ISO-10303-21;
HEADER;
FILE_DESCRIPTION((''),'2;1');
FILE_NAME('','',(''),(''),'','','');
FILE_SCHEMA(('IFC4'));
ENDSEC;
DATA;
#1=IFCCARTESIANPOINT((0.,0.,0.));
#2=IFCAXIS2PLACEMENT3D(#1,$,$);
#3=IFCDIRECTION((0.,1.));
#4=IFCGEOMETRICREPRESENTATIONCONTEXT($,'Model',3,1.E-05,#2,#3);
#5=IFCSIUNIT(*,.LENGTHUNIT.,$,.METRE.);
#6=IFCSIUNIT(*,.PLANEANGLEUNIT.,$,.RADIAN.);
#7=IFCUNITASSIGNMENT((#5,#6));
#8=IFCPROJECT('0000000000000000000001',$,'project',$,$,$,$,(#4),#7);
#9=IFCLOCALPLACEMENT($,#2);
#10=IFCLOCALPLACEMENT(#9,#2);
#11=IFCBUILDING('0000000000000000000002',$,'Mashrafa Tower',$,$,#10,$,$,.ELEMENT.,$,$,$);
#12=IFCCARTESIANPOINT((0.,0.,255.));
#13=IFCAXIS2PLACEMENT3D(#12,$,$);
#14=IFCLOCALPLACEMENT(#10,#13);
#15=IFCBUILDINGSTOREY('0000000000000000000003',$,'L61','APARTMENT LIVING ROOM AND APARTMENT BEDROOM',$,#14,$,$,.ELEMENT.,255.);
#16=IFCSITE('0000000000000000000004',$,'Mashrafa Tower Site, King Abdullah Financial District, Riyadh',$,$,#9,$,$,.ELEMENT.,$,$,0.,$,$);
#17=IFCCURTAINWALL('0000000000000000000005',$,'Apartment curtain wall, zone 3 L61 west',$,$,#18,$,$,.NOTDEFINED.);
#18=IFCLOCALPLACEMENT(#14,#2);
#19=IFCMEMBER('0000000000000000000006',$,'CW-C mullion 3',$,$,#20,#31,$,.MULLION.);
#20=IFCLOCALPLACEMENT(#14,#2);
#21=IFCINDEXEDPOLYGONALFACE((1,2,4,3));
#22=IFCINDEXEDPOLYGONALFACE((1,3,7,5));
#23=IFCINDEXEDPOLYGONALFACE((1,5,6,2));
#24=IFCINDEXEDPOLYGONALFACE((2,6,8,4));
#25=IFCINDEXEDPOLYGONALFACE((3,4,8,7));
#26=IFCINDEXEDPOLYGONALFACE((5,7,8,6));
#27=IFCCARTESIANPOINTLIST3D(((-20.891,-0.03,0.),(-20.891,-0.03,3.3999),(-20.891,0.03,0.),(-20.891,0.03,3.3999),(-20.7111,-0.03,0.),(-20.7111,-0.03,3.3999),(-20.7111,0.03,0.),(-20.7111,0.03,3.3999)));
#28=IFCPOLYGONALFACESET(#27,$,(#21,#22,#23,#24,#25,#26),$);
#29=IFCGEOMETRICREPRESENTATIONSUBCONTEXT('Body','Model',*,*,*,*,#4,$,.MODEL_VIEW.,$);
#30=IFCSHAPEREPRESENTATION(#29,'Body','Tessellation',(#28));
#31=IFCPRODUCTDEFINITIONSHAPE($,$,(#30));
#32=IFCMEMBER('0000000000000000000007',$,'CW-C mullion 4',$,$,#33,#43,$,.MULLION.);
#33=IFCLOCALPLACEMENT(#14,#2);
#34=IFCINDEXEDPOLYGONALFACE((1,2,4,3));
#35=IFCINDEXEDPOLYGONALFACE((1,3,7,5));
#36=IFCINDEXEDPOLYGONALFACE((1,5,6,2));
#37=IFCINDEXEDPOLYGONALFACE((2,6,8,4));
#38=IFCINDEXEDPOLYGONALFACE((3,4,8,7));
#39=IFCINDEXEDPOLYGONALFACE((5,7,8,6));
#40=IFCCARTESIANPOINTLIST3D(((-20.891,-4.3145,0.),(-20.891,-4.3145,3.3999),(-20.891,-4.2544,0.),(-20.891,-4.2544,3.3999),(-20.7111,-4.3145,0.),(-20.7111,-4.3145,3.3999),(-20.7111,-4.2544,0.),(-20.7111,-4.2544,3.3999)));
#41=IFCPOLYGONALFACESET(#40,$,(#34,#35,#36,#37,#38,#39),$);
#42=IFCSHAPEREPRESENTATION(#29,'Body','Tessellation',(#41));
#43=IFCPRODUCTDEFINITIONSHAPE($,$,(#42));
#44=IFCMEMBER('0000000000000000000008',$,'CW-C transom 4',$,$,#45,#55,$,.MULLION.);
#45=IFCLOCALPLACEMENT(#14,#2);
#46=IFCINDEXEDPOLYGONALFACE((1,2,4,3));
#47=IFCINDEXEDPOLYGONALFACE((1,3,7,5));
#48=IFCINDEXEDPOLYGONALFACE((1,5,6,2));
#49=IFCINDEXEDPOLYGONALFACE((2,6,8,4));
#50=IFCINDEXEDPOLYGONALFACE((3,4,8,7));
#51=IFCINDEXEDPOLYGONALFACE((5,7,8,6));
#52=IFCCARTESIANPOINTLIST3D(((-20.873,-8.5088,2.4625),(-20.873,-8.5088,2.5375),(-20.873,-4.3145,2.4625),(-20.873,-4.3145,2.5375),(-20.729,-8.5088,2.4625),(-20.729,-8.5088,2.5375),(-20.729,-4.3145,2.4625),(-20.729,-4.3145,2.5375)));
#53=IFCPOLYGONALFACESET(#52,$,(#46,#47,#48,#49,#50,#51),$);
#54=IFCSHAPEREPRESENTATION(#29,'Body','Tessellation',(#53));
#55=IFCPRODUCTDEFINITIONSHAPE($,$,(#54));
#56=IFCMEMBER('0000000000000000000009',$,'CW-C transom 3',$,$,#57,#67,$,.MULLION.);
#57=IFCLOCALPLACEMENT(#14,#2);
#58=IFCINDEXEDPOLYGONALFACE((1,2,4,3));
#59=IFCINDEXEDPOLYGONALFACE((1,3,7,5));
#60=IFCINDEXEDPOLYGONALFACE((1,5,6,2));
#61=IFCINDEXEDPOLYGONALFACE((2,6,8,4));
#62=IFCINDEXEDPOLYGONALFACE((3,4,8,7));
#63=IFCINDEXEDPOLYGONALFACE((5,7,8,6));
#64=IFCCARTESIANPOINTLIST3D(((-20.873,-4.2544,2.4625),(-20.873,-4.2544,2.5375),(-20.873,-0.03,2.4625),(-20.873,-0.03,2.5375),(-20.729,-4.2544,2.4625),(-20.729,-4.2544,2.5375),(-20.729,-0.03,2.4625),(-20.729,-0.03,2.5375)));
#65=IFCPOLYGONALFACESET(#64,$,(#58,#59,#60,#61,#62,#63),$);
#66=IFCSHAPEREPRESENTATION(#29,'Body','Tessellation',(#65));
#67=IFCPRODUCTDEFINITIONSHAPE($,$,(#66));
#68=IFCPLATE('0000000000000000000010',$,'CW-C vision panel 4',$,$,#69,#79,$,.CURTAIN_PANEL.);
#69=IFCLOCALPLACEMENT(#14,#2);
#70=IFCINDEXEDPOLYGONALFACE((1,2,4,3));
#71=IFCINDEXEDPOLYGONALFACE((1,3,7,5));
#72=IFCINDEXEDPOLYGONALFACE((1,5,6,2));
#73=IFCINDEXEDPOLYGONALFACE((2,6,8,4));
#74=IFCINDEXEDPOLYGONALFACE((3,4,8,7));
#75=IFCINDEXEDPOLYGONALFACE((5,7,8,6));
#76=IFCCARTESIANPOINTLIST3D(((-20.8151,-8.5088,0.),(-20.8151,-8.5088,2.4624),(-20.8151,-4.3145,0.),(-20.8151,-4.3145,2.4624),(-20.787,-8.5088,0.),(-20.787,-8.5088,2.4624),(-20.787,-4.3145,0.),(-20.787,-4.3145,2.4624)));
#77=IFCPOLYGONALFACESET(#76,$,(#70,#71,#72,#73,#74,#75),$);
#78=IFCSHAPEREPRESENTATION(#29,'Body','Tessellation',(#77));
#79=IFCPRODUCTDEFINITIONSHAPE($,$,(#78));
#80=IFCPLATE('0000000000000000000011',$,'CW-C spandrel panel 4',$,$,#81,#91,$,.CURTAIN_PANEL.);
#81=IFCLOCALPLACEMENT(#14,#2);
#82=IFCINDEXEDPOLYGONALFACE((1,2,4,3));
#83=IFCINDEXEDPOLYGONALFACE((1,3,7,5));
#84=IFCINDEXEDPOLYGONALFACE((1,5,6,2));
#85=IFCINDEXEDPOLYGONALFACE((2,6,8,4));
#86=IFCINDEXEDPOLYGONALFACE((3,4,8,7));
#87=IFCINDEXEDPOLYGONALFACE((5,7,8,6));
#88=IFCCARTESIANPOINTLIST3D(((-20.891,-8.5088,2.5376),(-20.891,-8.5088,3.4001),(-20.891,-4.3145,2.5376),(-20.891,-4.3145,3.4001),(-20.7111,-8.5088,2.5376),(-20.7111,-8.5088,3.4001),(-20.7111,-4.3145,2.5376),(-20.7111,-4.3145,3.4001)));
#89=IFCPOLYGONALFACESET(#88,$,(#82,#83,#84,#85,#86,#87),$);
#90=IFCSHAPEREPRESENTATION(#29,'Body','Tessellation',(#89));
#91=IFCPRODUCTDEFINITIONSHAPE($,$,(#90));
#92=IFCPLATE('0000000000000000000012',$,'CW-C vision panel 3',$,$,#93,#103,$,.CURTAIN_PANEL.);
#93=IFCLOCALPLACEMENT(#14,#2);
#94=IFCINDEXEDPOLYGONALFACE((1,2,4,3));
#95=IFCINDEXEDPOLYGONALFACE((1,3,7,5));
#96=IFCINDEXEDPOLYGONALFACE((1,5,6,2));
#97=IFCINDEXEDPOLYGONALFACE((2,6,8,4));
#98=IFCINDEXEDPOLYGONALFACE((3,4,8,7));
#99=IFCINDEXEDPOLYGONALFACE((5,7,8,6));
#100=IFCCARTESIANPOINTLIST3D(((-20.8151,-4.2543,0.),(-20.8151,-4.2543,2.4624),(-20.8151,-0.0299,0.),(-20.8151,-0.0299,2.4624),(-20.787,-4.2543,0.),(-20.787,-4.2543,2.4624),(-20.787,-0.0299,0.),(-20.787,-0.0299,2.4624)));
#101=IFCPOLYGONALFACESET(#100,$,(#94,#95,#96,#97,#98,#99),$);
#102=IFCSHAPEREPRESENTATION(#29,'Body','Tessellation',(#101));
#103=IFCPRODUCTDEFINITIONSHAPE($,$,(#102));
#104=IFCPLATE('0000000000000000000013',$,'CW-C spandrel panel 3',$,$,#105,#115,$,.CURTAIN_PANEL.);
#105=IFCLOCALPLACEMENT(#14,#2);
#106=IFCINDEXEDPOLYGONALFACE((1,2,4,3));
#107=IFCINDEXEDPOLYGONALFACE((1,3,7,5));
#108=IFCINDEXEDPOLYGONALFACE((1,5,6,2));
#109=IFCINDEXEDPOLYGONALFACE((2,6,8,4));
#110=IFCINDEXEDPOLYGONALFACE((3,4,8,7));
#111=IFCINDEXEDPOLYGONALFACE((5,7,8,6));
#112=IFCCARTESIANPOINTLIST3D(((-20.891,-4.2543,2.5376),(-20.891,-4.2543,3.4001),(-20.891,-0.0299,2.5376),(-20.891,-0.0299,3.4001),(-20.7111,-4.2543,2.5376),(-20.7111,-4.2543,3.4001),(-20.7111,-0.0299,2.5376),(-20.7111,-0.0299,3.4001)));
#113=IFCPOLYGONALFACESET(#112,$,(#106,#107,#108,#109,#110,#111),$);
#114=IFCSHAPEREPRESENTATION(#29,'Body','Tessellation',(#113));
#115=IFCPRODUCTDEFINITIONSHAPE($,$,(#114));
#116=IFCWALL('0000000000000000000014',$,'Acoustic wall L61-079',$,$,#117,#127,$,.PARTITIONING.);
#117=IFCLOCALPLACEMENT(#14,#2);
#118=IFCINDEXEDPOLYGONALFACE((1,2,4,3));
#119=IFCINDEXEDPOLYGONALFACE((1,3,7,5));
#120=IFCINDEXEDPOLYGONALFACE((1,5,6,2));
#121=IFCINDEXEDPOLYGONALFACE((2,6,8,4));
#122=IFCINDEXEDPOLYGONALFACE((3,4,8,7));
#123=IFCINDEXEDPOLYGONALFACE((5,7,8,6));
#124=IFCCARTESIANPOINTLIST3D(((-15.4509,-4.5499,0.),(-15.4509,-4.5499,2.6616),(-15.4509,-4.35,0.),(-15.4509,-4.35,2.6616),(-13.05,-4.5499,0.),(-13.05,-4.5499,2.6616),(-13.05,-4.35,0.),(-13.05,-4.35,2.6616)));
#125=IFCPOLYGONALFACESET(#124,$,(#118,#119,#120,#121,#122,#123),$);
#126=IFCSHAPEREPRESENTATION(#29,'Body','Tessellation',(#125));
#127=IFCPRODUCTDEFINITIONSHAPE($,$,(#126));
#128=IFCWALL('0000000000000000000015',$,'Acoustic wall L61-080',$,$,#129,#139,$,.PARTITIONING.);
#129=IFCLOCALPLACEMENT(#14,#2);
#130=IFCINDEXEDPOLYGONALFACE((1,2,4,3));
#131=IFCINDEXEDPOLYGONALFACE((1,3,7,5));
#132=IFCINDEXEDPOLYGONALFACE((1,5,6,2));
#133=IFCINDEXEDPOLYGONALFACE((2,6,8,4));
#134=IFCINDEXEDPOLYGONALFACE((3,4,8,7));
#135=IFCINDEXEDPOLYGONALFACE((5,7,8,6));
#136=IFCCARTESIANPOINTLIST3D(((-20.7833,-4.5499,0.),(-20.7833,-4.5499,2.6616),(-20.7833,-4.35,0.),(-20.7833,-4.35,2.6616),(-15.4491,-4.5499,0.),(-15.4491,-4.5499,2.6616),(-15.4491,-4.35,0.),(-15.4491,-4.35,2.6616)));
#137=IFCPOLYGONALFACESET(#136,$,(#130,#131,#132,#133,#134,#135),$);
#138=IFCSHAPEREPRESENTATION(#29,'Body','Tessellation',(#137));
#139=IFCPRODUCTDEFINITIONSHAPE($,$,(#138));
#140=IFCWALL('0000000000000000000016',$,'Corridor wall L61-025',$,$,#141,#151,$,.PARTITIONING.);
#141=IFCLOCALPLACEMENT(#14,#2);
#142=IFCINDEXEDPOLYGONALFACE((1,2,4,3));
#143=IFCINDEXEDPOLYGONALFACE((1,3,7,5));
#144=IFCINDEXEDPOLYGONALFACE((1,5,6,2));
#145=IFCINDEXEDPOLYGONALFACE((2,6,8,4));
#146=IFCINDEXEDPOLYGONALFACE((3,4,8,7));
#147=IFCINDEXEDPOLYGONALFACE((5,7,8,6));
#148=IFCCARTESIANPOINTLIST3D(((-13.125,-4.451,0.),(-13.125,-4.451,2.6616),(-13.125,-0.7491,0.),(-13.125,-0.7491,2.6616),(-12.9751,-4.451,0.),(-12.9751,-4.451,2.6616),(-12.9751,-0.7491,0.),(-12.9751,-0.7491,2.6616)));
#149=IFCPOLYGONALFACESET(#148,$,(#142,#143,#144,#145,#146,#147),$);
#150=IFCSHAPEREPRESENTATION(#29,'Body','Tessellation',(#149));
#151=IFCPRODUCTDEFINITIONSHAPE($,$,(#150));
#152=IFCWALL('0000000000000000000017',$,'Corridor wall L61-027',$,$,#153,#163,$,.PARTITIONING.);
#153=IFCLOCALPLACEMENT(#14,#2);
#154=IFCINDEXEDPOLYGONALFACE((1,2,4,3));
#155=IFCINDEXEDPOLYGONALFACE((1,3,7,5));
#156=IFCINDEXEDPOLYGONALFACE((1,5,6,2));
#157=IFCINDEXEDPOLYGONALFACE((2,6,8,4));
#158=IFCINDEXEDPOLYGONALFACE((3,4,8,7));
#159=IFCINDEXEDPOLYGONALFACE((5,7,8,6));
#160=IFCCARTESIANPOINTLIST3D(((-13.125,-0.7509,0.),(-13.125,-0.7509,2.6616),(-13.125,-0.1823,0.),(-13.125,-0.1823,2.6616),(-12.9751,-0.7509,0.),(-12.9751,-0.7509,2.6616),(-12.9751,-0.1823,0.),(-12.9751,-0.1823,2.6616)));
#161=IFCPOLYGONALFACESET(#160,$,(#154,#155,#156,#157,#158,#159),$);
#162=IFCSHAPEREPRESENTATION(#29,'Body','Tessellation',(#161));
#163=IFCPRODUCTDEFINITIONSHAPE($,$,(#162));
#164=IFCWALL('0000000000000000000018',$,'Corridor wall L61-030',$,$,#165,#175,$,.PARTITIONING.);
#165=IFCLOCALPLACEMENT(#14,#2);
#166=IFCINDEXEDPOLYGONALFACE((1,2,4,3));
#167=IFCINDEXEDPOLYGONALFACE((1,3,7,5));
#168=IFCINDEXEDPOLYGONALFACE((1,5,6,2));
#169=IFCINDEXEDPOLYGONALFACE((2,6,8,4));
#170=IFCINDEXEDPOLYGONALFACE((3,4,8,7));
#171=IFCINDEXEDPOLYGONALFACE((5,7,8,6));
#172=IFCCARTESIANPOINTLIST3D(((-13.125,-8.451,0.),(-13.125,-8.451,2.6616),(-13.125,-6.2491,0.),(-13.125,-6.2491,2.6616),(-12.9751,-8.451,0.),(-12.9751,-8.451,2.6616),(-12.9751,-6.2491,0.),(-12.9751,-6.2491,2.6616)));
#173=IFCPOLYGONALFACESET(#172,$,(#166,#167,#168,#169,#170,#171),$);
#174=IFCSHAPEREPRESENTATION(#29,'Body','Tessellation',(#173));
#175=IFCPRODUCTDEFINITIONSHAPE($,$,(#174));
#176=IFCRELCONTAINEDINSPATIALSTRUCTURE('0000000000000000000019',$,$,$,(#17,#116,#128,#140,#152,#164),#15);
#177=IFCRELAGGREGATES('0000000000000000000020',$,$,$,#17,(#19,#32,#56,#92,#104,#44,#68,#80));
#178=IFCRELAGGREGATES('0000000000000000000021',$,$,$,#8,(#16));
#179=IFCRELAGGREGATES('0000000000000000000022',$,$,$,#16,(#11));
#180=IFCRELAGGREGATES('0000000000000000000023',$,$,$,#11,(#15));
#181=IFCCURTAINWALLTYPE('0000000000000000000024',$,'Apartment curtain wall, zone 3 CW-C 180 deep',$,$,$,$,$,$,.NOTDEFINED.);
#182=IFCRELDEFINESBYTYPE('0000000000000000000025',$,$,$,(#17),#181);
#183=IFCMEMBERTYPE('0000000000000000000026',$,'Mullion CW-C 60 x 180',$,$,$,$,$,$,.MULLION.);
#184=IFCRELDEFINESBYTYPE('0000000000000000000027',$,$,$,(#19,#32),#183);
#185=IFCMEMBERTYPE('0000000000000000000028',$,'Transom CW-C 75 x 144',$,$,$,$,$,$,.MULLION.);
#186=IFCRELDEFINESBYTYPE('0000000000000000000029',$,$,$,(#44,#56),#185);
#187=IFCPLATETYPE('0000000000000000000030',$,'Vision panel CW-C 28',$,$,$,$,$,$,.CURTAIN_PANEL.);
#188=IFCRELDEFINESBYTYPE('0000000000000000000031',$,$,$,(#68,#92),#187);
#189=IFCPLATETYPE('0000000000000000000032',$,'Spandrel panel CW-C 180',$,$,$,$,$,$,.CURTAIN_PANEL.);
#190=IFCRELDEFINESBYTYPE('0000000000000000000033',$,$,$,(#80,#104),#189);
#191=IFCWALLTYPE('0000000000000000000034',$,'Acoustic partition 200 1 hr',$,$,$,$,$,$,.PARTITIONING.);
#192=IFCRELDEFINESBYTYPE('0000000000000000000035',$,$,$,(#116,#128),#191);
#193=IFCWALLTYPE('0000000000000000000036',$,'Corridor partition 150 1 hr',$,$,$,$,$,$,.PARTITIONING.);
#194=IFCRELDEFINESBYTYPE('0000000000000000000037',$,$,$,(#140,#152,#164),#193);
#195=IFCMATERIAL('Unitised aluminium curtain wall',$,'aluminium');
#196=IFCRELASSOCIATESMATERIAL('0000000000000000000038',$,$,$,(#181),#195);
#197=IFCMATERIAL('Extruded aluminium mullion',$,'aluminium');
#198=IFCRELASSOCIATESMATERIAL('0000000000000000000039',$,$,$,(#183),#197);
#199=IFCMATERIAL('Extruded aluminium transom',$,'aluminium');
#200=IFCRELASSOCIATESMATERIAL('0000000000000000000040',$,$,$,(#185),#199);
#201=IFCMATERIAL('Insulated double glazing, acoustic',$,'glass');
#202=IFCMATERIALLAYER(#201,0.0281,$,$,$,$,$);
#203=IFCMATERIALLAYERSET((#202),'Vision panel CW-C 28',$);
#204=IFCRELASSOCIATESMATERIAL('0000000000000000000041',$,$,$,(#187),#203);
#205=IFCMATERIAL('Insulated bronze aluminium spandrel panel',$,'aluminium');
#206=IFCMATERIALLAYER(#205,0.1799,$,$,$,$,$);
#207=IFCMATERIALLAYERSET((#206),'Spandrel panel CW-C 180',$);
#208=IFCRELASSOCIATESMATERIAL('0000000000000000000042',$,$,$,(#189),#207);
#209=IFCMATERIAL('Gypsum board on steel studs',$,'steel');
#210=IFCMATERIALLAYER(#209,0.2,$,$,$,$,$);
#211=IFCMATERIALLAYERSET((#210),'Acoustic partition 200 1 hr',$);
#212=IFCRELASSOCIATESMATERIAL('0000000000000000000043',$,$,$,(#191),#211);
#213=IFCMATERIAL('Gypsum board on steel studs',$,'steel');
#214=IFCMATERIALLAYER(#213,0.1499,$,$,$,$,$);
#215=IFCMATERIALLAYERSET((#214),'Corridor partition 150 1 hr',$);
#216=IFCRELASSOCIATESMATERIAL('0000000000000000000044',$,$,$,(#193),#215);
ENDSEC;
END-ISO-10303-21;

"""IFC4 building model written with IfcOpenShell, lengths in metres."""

from ifc_helpers import new_model, si_unit, direction, frame, frame_2d, origin, origin_2d, place, context, subcontext, project, spatial, rectangle, extrude, source, transform, mapped, material, layer, layer_set, material_profile, profile_set, type_object, type_shapes, element, aggregate, save


model = new_model("IFC4")

# Units and contexts
model_context = context("Model", 3, precision=1e-05, world=origin(), true_north=direction((0.0, 1.0)))
body_context = subcontext(model_context, "Body", "Model", "MODEL_VIEW")
ifc_project = project(units=[si_unit("LENGTHUNIT", "METRE"), si_unit("PLANEANGLEUNIT", "RADIAN")], contexts=[model_context])

# Site, building, storey
site_placement = place(None, origin())
site = spatial("IfcSite", under=ifc_project, at=site_placement, Name="Mashrafa Tower Site, King Abdullah Financial District, Riyadh", CompositionType="ELEMENT", RefElevation=0.0)
building_placement = place(site_placement, origin())
building = spatial("IfcBuilding", under=site, at=building_placement, Name="Mashrafa Tower", CompositionType="ELEMENT")
storey_placement = place(building_placement, frame((0.0, 0.0, 255.0)))
storey = spatial("IfcBuildingStorey", under=building, at=storey_placement, Name="L61", Description="APARTMENT LIVING ROOM AND APARTMENT BEDROOM", CompositionType="ELEMENT", Elevation=255.0)

# Curtain wall, members, plates
ifc_material_1 = material(Name="Unitised aluminium curtain wall", Category="aluminium")
curtain_wall_type = type_object("IfcCurtainWallType", Name="Apartment curtain wall, zone 3 CW-C 180 deep", PredefinedType="NOTDEFINED", material=ifc_material_1)
curtain_wall_placement = place(storey_placement, origin())
curtain_wall = element("IfcCurtainWall", 1, at=curtain_wall_placement, inside=storey, type_object=curtain_wall_type, Name="Apartment curtain wall, zone 3 L61 west", PredefinedType="NOTDEFINED")
ifc_material_2 = material(Name="Extruded aluminium mullion", Category="aluminium")
ifc_material_profile_1 = material_profile(ifc_material_2, rectangle(XDim=0.1799, YDim=0.0601, at=origin_2d()), Name="Mullion 60x180")
ifc_profile_set_1 = profile_set([ifc_material_profile_1], Name="Extruded aluminium mullion")
member_type_1 = type_object("IfcMemberType", Name="Mullion CW-C 60 x 180", PredefinedType="MULLION", material=ifc_profile_set_1)
shared_shape_1 = source(origin(), body_context, "Body", "SweptSolid", [
    extrude(rectangle(XDim=0.1799, YDim=0.0601, at=origin_2d()), origin(), (0.0, 0.0, 1.0), 3.3999),
])
type_shapes(member_type_1, [shared_shape_1])
member_1_placement = place(storey_placement, frame((-20.801, 0.0, 0.0), z_axis=(0.0, 0.0, 1.0), x_axis=(1.0, 0.0, 0.0)))
member_1 = element("IfcMember", 2, at=member_1_placement, type_object=member_type_1, Name="CW-C mullion 3", PredefinedType="MULLION", context=body_context, shape_type="MappedRepresentation", body=[
    mapped(shared_shape_1, transform((0.0, 0.0, 0.0))),
])
member_2_placement = place(storey_placement, frame((-20.801, -4.2844, 0.0), z_axis=(0.0, 0.0, 1.0), x_axis=(1.0, 0.0, 0.0)))
member_2 = element("IfcMember", 3, at=member_2_placement, type_object=member_type_1, Name="CW-C mullion 4", PredefinedType="MULLION", context=body_context, shape_type="MappedRepresentation", body=[
    mapped(shared_shape_1, transform((0.0, 0.0, 0.0))),
])
ifc_material_3 = material(Name="Extruded aluminium transom", Category="aluminium")
ifc_material_profile_2 = material_profile(ifc_material_3, rectangle(XDim=0.144, YDim=0.075, at=origin_2d()), Name="Transom 75x144")
ifc_profile_set_2 = profile_set([ifc_material_profile_2], Name="Extruded aluminium transom")
member_type_2 = type_object("IfcMemberType", Name="Transom CW-C 75 x 144", PredefinedType="MULLION", material=ifc_profile_set_2)
shared_shape_2 = source(origin(), body_context, "Body", "SweptSolid", [
    extrude(rectangle(XDim=0.144, YDim=0.075, at=origin_2d()), origin(), (0.0, 0.0, 1.0), 4.1943),
])
member_3_placement = place(storey_placement, frame((-20.801, -4.3145, 2.5), z_axis=(0.0, -1.0, 0.0), x_axis=(1.0, 0.0, 0.0)))
member_3 = element("IfcMember", 4, at=member_3_placement, type_object=member_type_2, Name="CW-C transom 4", PredefinedType="MULLION", context=body_context, shape_type="MappedRepresentation", body=[
    mapped(shared_shape_2, transform((0.0, 0.0, 0.0))),
])
shared_shape_3 = source(origin(), body_context, "Body", "SweptSolid", [
    extrude(rectangle(XDim=0.144, YDim=0.075, at=origin_2d()), origin(), (0.0, 0.0, 1.0), 4.2244),
])
type_shapes(member_type_2, [shared_shape_2, shared_shape_3])
member_4_placement = place(storey_placement, frame((-20.801, -0.03, 2.5), z_axis=(0.0, -1.0, 0.0), x_axis=(1.0, 0.0, 0.0)))
member_4 = element("IfcMember", 5, at=member_4_placement, type_object=member_type_2, Name="CW-C transom 3", PredefinedType="MULLION", context=body_context, shape_type="MappedRepresentation", body=[
    mapped(shared_shape_3, transform((0.0, 0.0, 0.0))),
])
ifc_material_4 = material(Name="Insulated double glazing, acoustic", Category="glass")
ifc_layer_1 = layer(ifc_material_4, 0.0281)
ifc_layer_set_1 = layer_set([ifc_layer_1], Name="Vision panel CW-C 28")
plate_type_1 = type_object("IfcPlateType", Name="Vision panel CW-C 28", PredefinedType="CURTAIN_PANEL", material=ifc_layer_set_1)
shared_shape_4 = source(origin(), body_context, "Body", "SweptSolid", [
    extrude(rectangle(XDim=4.1943, YDim=0.0281, at=origin_2d()), origin(), (0.0, 0.0, 1.0), 2.4624),
])
plate_1_placement = place(storey_placement, frame((-20.801, -6.4116, 0.0), z_axis=(0.0, 0.0, 1.0), x_axis=(0.0, -1.0, 0.0)))
plate_1 = element("IfcPlate", 6, at=plate_1_placement, type_object=plate_type_1, Name="CW-C vision panel 4", PredefinedType="CURTAIN_PANEL", context=body_context, shape_type="MappedRepresentation", body=[
    mapped(shared_shape_4, transform((0.0, 0.0, 0.0))),
])
ifc_material_5 = material(Name="Insulated bronze aluminium spandrel panel", Category="aluminium")
ifc_layer_2 = layer(ifc_material_5, 0.1799)
ifc_layer_set_2 = layer_set([ifc_layer_2], Name="Spandrel panel CW-C 180")
plate_type_2 = type_object("IfcPlateType", Name="Spandrel panel CW-C 180", PredefinedType="CURTAIN_PANEL", material=ifc_layer_set_2)
shared_shape_5 = source(origin(), body_context, "Body", "SweptSolid", [
    extrude(rectangle(XDim=4.1943, YDim=0.1799, at=origin_2d()), origin(), (0.0, 0.0, 1.0), 0.8625),
])
plate_2_placement = place(storey_placement, frame((-20.801, -6.4116, 2.5376), z_axis=(0.0, 0.0, 1.0), x_axis=(0.0, -1.0, 0.0)))
plate_2 = element("IfcPlate", 7, at=plate_2_placement, type_object=plate_type_2, Name="CW-C spandrel panel 4", PredefinedType="CURTAIN_PANEL", context=body_context, shape_type="MappedRepresentation", body=[
    mapped(shared_shape_5, transform((0.0, 0.0, 0.0))),
])
shared_shape_6 = source(origin(), body_context, "Body", "SweptSolid", [
    extrude(rectangle(XDim=4.2244, YDim=0.0281, at=origin_2d()), origin(), (0.0, 0.0, 1.0), 2.4624),
])
type_shapes(plate_type_1, [shared_shape_4, shared_shape_6])
plate_3_placement = place(storey_placement, frame((-20.801, -2.1421, 0.0), z_axis=(0.0, 0.0, 1.0), x_axis=(0.0, -1.0, 0.0)))
plate_3 = element("IfcPlate", 8, at=plate_3_placement, type_object=plate_type_1, Name="CW-C vision panel 3", PredefinedType="CURTAIN_PANEL", context=body_context, shape_type="MappedRepresentation", body=[
    mapped(shared_shape_6, transform((0.0, 0.0, 0.0))),
])
shared_shape_7 = source(origin(), body_context, "Body", "SweptSolid", [
    extrude(rectangle(XDim=4.2244, YDim=0.1799, at=origin_2d()), origin(), (0.0, 0.0, 1.0), 0.8625),
])
type_shapes(plate_type_2, [shared_shape_5, shared_shape_7])
plate_4_placement = place(storey_placement, frame((-20.801, -2.1421, 2.5376), z_axis=(0.0, 0.0, 1.0), x_axis=(0.0, -1.0, 0.0)))
plate_4 = element("IfcPlate", 9, at=plate_4_placement, type_object=plate_type_2, Name="CW-C spandrel panel 3", PredefinedType="CURTAIN_PANEL", context=body_context, shape_type="MappedRepresentation", body=[
    mapped(shared_shape_7, transform((0.0, 0.0, 0.0))),
])
aggregate(curtain_wall, [member_1, member_2, member_4, plate_3, plate_4, member_3, plate_1, plate_2])

# Walls
ifc_material_6 = material(Name="Gypsum board on steel studs", Category="steel")
ifc_layer_3 = layer(ifc_material_6, 0.2)
ifc_layer_set_3 = layer_set([ifc_layer_3], Name="Acoustic partition 200 1 hr")
wall_type_1 = type_object("IfcWallType", Name="Acoustic partition 200 1 hr", PredefinedType="PARTITIONING", material=ifc_layer_set_3)
wall_1_placement = place(storey_placement, frame((-15.4509, -4.45, 0.0), z_axis=(0.0, 0.0, 1.0), x_axis=(1.0, 0.0, 0.0)))
element("IfcWall", 10, at=wall_1_placement, inside=storey, type_object=wall_type_1, Name="Acoustic wall L61-079", PredefinedType="PARTITIONING", context=body_context, shape_type="SweptSolid", body=[
    extrude(rectangle(XDim=2.4009, YDim=0.2, at=frame_2d((1.2004, 0.0))), origin(), (0.0, 0.0, 1.0), 2.6616),
])
wall_2_placement = place(storey_placement, frame((-20.7832, -4.45, 0.0), z_axis=(0.0, 0.0, 1.0), x_axis=(1.0, 0.0, 0.0)))
element("IfcWall", 11, at=wall_2_placement, inside=storey, type_object=wall_type_1, Name="Acoustic wall L61-080", PredefinedType="PARTITIONING", context=body_context, shape_type="SweptSolid", body=[
    extrude(rectangle(XDim=5.3342, YDim=0.2, at=frame_2d((2.667, 0.0))), origin(), (0.0, 0.0, 1.0), 2.6616),
])
ifc_material_7 = material(Name="Gypsum board on steel studs", Category="steel")
ifc_layer_4 = layer(ifc_material_7, 0.1499)
ifc_layer_set_4 = layer_set([ifc_layer_4], Name="Corridor partition 150 1 hr")
wall_type_2 = type_object("IfcWallType", Name="Corridor partition 150 1 hr", PredefinedType="PARTITIONING", material=ifc_layer_set_4)
wall_3_placement = place(storey_placement, frame((-13.05, -0.749, 0.0), z_axis=(0.0, 0.0, 1.0), x_axis=(0.0, -1.0, 0.0)))
element("IfcWall", 12, at=wall_3_placement, inside=storey, type_object=wall_type_2, Name="Corridor wall L61-025", PredefinedType="PARTITIONING", context=body_context, shape_type="SweptSolid", body=[
    extrude(rectangle(XDim=3.7019, YDim=0.1499, at=frame_2d((1.8511, 0.0))), origin(), (0.0, 0.0, 1.0), 2.6616),
])
wall_4_placement = place(storey_placement, frame((-13.05, -0.1824, 0.0), z_axis=(0.0, 0.0, 1.0), x_axis=(0.0, -1.0, 0.0)))
element("IfcWall", 13, at=wall_4_placement, inside=storey, type_object=wall_type_2, Name="Corridor wall L61-027", PredefinedType="PARTITIONING", context=body_context, shape_type="SweptSolid", body=[
    extrude(rectangle(XDim=0.5686, YDim=0.1499, at=frame_2d((0.2842, 0.0))), origin(), (0.0, 0.0, 1.0), 2.6616),
])
wall_5_placement = place(storey_placement, frame((-13.05, -6.249, 0.0), z_axis=(0.0, 0.0, 1.0), x_axis=(0.0, -1.0, 0.0)))
element("IfcWall", 14, at=wall_5_placement, inside=storey, type_object=wall_type_2, Name="Corridor wall L61-030", PredefinedType="PARTITIONING", context=body_context, shape_type="SweptSolid", body=[
    extrude(rectangle(XDim=2.2019, YDim=0.1499, at=frame_2d((1.1011, 0.0))), origin(), (0.0, 0.0, 1.0), 2.6616),
])

save(model, "model.ifc")
